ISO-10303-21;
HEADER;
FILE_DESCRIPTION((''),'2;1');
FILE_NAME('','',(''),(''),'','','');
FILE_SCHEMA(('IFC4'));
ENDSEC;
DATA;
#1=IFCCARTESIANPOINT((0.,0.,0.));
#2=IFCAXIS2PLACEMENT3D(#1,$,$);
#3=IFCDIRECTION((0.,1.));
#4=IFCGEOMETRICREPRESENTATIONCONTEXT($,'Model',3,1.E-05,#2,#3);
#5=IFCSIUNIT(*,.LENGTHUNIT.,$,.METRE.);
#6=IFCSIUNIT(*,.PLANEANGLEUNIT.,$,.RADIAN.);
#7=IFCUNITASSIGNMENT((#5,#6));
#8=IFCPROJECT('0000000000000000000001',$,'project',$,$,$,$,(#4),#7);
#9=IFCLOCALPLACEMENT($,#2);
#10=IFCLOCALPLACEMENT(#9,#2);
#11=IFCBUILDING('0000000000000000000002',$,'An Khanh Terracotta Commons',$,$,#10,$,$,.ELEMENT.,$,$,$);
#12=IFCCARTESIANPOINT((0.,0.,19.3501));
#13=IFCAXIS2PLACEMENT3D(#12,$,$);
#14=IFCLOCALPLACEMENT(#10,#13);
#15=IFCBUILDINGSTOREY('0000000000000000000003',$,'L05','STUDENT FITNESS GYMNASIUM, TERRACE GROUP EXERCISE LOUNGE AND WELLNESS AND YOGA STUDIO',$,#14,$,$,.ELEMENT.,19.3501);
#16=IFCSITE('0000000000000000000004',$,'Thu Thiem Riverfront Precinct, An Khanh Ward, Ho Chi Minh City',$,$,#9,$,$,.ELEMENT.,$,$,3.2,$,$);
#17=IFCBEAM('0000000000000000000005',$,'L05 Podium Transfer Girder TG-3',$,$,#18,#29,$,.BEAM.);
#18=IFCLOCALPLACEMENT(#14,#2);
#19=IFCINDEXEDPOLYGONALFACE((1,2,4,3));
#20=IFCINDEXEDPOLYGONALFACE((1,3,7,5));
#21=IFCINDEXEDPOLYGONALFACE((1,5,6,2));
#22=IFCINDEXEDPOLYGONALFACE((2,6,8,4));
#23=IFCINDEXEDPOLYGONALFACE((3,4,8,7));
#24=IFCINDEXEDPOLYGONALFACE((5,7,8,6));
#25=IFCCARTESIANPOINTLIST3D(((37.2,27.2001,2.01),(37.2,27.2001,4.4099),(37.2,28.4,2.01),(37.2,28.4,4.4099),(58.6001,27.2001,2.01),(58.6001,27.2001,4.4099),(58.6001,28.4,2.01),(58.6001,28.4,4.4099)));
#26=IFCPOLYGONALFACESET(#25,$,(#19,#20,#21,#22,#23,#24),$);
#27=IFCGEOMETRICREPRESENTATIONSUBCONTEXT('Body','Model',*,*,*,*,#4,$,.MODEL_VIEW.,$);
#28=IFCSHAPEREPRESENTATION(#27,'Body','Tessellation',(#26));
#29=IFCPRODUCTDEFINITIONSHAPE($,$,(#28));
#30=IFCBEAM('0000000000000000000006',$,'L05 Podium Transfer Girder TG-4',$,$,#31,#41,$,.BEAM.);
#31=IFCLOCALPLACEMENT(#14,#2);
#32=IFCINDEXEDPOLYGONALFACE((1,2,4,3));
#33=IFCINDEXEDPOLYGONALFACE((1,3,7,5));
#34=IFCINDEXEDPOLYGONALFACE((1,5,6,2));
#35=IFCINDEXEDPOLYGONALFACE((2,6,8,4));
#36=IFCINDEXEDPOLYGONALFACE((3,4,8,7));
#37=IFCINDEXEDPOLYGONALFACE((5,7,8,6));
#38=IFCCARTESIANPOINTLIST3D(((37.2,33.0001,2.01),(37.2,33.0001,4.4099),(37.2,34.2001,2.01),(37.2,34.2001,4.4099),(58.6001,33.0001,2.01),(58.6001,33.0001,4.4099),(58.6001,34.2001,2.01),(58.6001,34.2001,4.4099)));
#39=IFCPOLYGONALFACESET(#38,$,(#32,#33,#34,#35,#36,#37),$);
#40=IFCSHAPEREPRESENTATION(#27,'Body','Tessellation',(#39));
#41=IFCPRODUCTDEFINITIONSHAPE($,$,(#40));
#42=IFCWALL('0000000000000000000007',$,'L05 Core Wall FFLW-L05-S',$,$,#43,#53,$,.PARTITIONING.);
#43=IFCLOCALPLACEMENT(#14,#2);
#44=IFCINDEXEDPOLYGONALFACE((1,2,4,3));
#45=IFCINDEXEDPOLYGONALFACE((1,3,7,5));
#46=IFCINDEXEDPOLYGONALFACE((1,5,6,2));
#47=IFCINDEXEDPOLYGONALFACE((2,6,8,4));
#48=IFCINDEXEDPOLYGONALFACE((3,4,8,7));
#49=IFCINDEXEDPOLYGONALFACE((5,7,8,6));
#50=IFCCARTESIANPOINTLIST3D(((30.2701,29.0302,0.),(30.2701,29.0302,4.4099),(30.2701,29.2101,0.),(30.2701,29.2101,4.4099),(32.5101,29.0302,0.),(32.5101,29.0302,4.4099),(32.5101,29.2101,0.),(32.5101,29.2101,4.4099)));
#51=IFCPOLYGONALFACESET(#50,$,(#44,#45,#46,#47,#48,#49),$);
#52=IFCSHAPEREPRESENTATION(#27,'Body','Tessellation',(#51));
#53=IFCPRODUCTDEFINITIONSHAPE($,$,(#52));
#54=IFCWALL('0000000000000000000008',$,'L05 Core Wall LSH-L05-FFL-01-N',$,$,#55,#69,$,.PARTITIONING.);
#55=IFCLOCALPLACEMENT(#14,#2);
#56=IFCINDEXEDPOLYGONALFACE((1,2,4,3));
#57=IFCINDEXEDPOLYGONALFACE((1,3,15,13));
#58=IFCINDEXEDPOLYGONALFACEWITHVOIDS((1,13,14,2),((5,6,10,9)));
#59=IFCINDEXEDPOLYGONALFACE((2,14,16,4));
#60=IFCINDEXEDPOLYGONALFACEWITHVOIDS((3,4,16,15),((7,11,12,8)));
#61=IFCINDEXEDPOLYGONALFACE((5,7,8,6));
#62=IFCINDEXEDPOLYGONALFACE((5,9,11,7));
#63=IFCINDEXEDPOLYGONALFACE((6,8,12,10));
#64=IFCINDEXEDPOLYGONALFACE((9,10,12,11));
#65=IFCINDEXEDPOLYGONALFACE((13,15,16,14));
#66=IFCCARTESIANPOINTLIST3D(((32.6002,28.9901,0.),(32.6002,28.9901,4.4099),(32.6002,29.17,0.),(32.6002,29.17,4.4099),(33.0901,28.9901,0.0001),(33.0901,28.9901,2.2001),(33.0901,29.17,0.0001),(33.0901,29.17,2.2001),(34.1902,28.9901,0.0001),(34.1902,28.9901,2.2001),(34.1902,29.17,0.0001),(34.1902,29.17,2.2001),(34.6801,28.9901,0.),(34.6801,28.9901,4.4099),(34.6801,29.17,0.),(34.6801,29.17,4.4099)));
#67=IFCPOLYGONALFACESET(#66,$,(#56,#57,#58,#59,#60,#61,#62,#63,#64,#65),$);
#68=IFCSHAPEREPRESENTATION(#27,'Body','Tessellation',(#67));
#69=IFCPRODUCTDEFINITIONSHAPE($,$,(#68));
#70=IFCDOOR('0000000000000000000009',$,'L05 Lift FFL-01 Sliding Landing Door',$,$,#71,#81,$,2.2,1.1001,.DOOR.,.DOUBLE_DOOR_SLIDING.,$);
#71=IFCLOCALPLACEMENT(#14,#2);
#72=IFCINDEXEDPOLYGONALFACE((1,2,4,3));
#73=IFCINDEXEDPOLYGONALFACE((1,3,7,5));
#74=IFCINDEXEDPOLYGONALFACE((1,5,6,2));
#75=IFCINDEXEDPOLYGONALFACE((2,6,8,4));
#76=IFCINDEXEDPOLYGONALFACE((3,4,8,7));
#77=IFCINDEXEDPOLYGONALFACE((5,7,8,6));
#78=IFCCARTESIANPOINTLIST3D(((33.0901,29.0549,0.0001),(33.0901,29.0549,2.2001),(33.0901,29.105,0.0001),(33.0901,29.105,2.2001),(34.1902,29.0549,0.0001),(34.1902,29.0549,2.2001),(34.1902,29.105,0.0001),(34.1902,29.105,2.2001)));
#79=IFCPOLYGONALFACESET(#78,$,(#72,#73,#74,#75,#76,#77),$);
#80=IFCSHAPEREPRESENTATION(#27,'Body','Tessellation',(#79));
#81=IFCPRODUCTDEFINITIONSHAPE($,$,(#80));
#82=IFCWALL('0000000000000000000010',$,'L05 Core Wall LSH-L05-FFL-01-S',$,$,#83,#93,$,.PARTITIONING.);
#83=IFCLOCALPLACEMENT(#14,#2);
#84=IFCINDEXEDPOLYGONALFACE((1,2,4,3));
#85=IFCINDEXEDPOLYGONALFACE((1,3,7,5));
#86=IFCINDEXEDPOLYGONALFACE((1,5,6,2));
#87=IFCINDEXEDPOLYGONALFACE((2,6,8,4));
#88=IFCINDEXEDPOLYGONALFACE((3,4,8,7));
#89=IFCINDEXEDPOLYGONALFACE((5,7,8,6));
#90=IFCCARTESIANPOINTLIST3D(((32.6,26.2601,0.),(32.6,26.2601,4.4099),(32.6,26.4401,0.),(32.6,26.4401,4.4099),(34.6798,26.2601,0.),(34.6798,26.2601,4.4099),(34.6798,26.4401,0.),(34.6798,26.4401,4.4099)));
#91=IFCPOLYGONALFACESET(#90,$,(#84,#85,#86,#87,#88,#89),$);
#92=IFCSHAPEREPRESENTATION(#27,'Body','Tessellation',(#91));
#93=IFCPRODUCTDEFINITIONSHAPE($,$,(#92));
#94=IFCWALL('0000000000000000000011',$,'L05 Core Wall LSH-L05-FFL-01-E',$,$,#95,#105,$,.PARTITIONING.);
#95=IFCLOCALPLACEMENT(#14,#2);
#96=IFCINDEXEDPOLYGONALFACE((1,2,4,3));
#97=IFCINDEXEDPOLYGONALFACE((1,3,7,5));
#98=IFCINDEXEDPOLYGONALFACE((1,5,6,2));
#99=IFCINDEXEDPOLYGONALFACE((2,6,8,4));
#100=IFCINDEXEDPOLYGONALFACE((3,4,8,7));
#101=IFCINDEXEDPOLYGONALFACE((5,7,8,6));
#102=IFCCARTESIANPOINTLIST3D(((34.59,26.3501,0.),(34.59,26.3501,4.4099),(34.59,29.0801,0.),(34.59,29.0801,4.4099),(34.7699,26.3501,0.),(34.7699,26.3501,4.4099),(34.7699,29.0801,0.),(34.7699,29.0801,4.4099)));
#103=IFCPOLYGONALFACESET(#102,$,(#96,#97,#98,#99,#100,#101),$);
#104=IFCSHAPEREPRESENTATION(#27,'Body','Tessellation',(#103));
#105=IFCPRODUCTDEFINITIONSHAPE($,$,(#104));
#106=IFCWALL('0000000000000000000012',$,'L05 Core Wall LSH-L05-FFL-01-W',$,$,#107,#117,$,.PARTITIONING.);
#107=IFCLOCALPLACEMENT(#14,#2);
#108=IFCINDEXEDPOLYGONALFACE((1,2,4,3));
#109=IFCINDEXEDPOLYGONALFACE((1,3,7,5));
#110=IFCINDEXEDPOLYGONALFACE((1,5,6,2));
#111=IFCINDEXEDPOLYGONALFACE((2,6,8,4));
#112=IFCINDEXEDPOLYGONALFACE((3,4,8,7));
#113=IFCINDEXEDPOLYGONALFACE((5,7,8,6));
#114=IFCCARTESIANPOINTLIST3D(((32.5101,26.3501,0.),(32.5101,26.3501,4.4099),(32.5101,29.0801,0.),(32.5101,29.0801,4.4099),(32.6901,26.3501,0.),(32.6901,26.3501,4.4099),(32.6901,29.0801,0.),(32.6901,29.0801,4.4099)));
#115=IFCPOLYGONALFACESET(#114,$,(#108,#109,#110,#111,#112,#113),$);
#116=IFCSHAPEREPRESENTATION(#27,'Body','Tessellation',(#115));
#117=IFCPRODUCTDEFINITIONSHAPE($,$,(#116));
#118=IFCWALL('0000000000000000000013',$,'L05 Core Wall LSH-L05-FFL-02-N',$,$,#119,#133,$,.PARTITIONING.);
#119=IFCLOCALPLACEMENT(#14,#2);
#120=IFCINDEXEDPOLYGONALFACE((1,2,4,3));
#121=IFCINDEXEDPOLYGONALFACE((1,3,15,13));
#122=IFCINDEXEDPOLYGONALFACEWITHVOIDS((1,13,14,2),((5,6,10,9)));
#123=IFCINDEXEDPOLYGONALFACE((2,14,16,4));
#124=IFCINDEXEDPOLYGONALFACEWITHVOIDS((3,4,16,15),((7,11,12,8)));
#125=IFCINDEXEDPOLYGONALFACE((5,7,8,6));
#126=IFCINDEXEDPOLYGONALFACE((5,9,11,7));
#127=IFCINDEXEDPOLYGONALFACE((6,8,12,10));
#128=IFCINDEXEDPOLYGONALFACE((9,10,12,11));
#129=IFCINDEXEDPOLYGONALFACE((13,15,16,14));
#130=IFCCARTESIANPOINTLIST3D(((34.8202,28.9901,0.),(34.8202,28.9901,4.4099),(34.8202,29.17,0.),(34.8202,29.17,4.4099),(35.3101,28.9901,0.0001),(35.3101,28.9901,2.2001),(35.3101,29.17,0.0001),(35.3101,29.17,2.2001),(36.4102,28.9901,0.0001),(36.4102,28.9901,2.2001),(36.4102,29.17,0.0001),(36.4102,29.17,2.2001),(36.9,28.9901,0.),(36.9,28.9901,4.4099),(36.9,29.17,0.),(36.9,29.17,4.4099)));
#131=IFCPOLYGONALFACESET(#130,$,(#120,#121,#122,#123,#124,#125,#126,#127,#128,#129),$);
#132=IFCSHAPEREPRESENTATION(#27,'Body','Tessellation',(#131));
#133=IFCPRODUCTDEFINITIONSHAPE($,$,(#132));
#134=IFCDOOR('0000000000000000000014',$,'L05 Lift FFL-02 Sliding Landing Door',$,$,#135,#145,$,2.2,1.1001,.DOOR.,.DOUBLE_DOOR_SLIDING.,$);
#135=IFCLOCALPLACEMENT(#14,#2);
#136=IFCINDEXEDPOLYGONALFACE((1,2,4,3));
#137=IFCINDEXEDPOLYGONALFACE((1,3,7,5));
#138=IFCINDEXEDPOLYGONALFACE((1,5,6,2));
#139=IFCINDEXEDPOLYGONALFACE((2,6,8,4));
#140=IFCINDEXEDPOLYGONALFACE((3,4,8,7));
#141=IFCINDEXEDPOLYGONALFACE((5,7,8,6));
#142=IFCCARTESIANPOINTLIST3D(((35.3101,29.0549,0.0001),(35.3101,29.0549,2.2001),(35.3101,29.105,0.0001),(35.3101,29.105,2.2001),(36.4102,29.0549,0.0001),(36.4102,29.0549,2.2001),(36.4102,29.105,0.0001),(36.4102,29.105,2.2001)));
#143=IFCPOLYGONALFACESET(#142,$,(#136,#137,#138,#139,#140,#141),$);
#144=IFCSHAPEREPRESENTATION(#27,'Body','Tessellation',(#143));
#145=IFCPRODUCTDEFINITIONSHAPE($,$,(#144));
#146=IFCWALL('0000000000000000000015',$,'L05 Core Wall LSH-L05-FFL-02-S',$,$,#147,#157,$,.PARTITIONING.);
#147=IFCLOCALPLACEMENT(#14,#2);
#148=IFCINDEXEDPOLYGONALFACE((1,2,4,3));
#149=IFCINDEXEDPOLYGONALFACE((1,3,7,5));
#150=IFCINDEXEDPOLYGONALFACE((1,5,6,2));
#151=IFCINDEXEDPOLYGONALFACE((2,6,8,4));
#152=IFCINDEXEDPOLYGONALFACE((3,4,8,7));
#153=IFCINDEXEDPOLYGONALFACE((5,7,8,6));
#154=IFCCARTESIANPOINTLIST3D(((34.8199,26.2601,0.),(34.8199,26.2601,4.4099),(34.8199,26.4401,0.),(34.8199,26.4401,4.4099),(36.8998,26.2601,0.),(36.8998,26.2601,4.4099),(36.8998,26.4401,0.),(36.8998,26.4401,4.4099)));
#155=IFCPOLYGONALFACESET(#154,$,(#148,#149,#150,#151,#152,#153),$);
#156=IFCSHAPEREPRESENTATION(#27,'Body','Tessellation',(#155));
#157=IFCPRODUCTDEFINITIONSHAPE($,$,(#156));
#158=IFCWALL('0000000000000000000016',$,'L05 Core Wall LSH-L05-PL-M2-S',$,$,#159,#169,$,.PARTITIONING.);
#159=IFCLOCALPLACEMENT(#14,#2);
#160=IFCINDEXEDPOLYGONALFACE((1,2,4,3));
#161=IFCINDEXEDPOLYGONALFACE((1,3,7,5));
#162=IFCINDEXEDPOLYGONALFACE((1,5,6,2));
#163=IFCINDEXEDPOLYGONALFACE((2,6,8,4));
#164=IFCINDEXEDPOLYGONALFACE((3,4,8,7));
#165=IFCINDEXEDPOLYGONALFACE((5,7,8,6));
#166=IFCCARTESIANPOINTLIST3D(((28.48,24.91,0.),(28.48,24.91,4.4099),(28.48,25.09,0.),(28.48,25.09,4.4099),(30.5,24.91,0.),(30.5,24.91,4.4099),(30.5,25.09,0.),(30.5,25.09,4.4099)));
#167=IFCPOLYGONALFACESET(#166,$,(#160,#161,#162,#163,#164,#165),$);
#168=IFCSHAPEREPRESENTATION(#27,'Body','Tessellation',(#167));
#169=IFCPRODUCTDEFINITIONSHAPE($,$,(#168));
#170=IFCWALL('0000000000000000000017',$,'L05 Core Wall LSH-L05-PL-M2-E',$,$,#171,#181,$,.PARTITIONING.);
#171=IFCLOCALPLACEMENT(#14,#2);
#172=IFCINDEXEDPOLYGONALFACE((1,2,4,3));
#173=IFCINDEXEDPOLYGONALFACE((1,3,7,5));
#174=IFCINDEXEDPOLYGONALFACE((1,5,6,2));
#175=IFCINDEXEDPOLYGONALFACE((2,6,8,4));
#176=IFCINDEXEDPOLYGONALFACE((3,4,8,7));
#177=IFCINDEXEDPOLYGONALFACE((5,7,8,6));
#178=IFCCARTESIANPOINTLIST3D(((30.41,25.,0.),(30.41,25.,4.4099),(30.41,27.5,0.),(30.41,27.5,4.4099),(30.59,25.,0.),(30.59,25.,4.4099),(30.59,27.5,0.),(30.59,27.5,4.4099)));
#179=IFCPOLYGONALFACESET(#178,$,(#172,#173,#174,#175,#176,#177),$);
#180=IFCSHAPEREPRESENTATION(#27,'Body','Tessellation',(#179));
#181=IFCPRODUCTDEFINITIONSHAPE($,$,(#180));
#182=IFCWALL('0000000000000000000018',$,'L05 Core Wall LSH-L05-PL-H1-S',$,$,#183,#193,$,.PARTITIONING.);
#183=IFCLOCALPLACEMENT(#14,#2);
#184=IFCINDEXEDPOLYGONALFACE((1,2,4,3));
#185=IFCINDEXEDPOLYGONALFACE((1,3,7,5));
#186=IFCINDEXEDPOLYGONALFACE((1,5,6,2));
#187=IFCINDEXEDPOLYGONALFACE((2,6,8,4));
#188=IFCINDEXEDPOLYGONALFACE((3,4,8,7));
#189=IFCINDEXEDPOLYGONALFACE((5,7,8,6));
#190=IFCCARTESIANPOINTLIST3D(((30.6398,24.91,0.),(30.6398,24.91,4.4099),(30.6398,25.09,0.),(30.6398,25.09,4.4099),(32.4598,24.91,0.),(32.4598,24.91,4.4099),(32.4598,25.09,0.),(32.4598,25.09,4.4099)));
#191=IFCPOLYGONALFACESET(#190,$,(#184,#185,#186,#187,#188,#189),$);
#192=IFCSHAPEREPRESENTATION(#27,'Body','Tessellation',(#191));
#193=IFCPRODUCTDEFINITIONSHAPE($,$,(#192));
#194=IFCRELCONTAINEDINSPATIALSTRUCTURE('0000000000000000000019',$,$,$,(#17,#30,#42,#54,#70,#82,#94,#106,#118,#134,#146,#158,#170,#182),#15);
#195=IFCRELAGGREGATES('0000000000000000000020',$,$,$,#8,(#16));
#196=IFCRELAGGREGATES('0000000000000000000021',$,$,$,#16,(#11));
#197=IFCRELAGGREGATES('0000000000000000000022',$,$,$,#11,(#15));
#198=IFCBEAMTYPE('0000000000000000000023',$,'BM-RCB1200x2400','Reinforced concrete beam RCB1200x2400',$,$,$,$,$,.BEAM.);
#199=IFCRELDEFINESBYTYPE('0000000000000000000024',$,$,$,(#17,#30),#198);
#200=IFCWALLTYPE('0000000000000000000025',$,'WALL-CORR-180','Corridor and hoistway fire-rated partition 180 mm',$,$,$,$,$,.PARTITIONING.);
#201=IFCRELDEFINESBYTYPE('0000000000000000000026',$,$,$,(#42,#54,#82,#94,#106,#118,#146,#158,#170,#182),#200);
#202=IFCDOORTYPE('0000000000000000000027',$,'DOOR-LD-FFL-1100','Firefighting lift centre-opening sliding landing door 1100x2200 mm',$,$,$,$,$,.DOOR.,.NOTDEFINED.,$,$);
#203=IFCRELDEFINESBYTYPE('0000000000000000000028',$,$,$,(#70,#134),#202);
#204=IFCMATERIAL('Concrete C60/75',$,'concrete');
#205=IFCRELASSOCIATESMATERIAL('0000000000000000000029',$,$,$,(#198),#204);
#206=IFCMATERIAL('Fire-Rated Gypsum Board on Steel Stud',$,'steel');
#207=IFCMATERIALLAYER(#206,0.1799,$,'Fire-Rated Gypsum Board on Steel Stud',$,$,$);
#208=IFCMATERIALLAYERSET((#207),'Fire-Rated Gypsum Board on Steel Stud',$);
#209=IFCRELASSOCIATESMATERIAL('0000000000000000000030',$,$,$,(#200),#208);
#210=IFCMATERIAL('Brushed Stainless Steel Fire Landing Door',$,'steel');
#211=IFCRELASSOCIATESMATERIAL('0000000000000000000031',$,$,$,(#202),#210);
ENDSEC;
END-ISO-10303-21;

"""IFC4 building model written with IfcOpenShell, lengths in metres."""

from ifc_helpers import new_model, si_unit, direction, frame, frame_2d, origin, origin_2d, place, context, subcontext, project, spatial, rectangle, extrude, material, layer, layer_set, material_profile, profile_set, type_object, element, fill, save


model = new_model("IFC4")

# Units and contexts
model_context = context("Model", 3, precision=1e-05, world=origin(), true_north=direction((0.0, 1.0)))
body_context = subcontext(model_context, "Body", "Model", "MODEL_VIEW")
ifc_project = project(units=[si_unit("LENGTHUNIT", "METRE"), si_unit("PLANEANGLEUNIT", "RADIAN")], contexts=[model_context])

# Site, building, storey
site_placement = place(None, origin())
site = spatial("IfcSite", under=ifc_project, at=site_placement, Name="Thu Thiem Riverfront Precinct, An Khanh Ward, Ho Chi Minh City", CompositionType="ELEMENT", RefElevation=3.2)
building_placement = place(site_placement, origin())
building = spatial("IfcBuilding", under=site, at=building_placement, Name="An Khanh Terracotta Commons", CompositionType="ELEMENT")
storey_placement = place(building_placement, frame((0.0, 0.0, 19.3501)))
storey = spatial("IfcBuildingStorey", under=building, at=storey_placement, Name="L05", Description="STUDENT FITNESS GYMNASIUM, TERRACE GROUP EXERCISE LOUNGE AND WELLNESS AND YOGA STUDIO", CompositionType="ELEMENT", Elevation=19.3501)

# Beams
ifc_material_1 = material(Name="Concrete C60/75", Category="concrete")
ifc_material_profile_1 = material_profile(ifc_material_1, rectangle(XDim=1.2, YDim=2.3999, at=origin_2d()), Name="RCB1200x2400")
ifc_profile_set_1 = profile_set([ifc_material_profile_1], Name="Concrete C60/75")
beam_type_1 = type_object("IfcBeamType", Name="BM-RCB1200x2400", Description="Reinforced concrete beam RCB1200x2400", PredefinedType="BEAM", material=ifc_profile_set_1)
for number, where, z_axis, x_axis, name in (
    (1, (37.2, 27.8, 3.21), (1.0, 0.0, 0.0), (0.0, 1.0, 0.0), "L05 Podium Transfer Girder TG-3"),
    (2, (37.2, 33.6001, 3.21), (1.0, 0.0, 0.0), (0.0, 1.0, 0.0), "L05 Podium Transfer Girder TG-4"),
):
    element("IfcBeam", number, at=place(storey_placement, frame(where, z_axis=z_axis, x_axis=x_axis)), inside=storey, type_object=beam_type_1, Name=name, PredefinedType="BEAM", context=body_context, shape_type="SweptSolid", body=[
        extrude(rectangle(XDim=1.2, YDim=2.3999, at=origin_2d()), origin(), (0.0, 0.0, 1.0), 21.4001),
    ])

# Wall
ifc_material_2 = material(Name="Fire-Rated Gypsum Board on Steel Stud", Category="steel")
ifc_layer_1 = layer(ifc_material_2, 0.1799, Name="Fire-Rated Gypsum Board on Steel Stud")
ifc_layer_set_1 = layer_set([ifc_layer_1], Name="Fire-Rated Gypsum Board on Steel Stud")
wall_type_1 = type_object("IfcWallType", Name="WALL-CORR-180", Description="Corridor and hoistway fire-rated partition 180 mm", PredefinedType="PARTITIONING", material=ifc_layer_set_1)
wall_1_placement = place(storey_placement, frame((30.27, 29.1201, 0.0), z_axis=(0.0, 0.0, 1.0), x_axis=(1.0, 0.0, 0.0)))
element("IfcWall", 3, at=wall_1_placement, inside=storey, type_object=wall_type_1, Name="L05 Core Wall FFLW-L05-S", PredefinedType="PARTITIONING", context=body_context, shape_type="SweptSolid", body=[
    extrude(rectangle(XDim=2.24, YDim=0.1799, at=frame_2d((1.1201, 0.0))), origin(), (0.0, 0.0, 1.0), 4.4099),
])

# Wall, opening, door
wall_2_placement = place(storey_placement, frame((32.6001, 29.0801, 0.0), z_axis=(0.0, 0.0, 1.0), x_axis=(1.0, 0.0, 0.0)))
wall_2 = element("IfcWall", 4, at=wall_2_placement, inside=storey, type_object=wall_type_1, Name="L05 Core Wall LSH-L05-FFL-01-N", PredefinedType="PARTITIONING", context=body_context, shape_type="SweptSolid", body=[
    extrude(rectangle(XDim=2.0798, YDim=0.1799, at=frame_2d((1.04, 0.0))), origin(), (0.0, 0.0, 1.0), 4.4099),
])
opening_1_placement = place(wall_2_placement, frame((0.49, 0.0, 0.0)))
opening_1 = element("IfcOpeningElement", 5, at=opening_1_placement, cuts=wall_2, PredefinedType="OPENING", context=body_context, shape_type="SweptSolid", body=[
    extrude(rectangle(XDim=1.1001, YDim=2.2, at=frame_2d((0.55, 1.1001))), frame((0.0, 0.0999, 0.0), z_axis=(0.0, -1.0, 0.0), x_axis=(1.0, 0.0, 0.0)), (0.0, 0.0, 1.0), 0.2),
])
ifc_material_3 = material(Name="Brushed Stainless Steel Fire Landing Door", Category="steel")
door_type_1 = type_object("IfcDoorType", Name="DOOR-LD-FFL-1100", Description="Firefighting lift centre-opening sliding landing door 1100x2200 mm", OperationType="NOTDEFINED", PredefinedType="DOOR", material=ifc_material_3)
door_1_placement = place(opening_1_placement, origin())
door_1 = element("IfcDoor", 6, at=door_1_placement, inside=storey, type_object=door_type_1, Name="L05 Lift FFL-01 Sliding Landing Door", OperationType="DOUBLE_DOOR_SLIDING", OverallHeight=2.2, OverallWidth=1.1001, PredefinedType="DOOR", context=body_context, shape_type="SweptSolid", body=[
    extrude(rectangle(XDim=1.1001, YDim=2.2, at=frame_2d((0.55, 1.1001))), frame((0.0, 0.0249, 0.0), z_axis=(0.0, -1.0, 0.0), x_axis=(1.0, 0.0, 0.0)), (0.0, 0.0, 1.0), 0.05),
])
fill(opening_1, door_1)

# Walls
wall_3_placement = place(storey_placement, frame((34.6799, 26.3501, 0.0), z_axis=(0.0, 0.0, 1.0), x_axis=(-1.0, 0.0, 0.0)))
element("IfcWall", 7, at=wall_3_placement, inside=storey, type_object=wall_type_1, Name="L05 Core Wall LSH-L05-FFL-01-S", PredefinedType="PARTITIONING", context=body_context, shape_type="SweptSolid", body=[
    extrude(rectangle(XDim=2.0798, YDim=0.1799, at=frame_2d((1.04, 0.0))), origin(), (0.0, 0.0, 1.0), 4.4099),
])
for number, where, z_axis, x_axis, name in (
    (8, (34.6799, 26.3501, 0.0), (0.0, 0.0, 1.0), (0.0, 1.0, 0.0), "L05 Core Wall LSH-L05-FFL-01-E"),
    (9, (32.6001, 29.0801, 0.0), (0.0, 0.0, 1.0), (0.0, -1.0, 0.0), "L05 Core Wall LSH-L05-FFL-01-W"),
):
    element("IfcWall", number, at=place(storey_placement, frame(where, z_axis=z_axis, x_axis=x_axis)), inside=storey, type_object=wall_type_1, Name=name, PredefinedType="PARTITIONING", context=body_context, shape_type="SweptSolid", body=[
        extrude(rectangle(XDim=2.73, YDim=0.1799, at=frame_2d((1.365, 0.0))), origin(), (0.0, 0.0, 1.0), 4.4099),
    ])

# Wall, opening, door
wall_4_placement = place(storey_placement, frame((34.8201, 29.0801, 0.0), z_axis=(0.0, 0.0, 1.0), x_axis=(1.0, 0.0, 0.0)))
wall_4 = element("IfcWall", 10, at=wall_4_placement, inside=storey, type_object=wall_type_1, Name="L05 Core Wall LSH-L05-FFL-02-N", PredefinedType="PARTITIONING", context=body_context, shape_type="SweptSolid", body=[
    extrude(rectangle(XDim=2.0798, YDim=0.1799, at=frame_2d((1.04, 0.0))), origin(), (0.0, 0.0, 1.0), 4.4099),
])
opening_2_placement = place(wall_4_placement, frame((0.49, 0.0, 0.0)))
opening_2 = element("IfcOpeningElement", 11, at=opening_2_placement, cuts=wall_4, PredefinedType="OPENING", context=body_context, shape_type="SweptSolid", body=[
    extrude(rectangle(XDim=1.1001, YDim=2.2, at=frame_2d((0.55, 1.1001))), frame((0.0, 0.0999, 0.0), z_axis=(0.0, -1.0, 0.0), x_axis=(1.0, 0.0, 0.0)), (0.0, 0.0, 1.0), 0.2),
])
door_2_placement = place(opening_2_placement, origin())
door_2 = element("IfcDoor", 12, at=door_2_placement, inside=storey, type_object=door_type_1, Name="L05 Lift FFL-02 Sliding Landing Door", OperationType="DOUBLE_DOOR_SLIDING", OverallHeight=2.2, OverallWidth=1.1001, PredefinedType="DOOR", context=body_context, shape_type="SweptSolid", body=[
    extrude(rectangle(XDim=1.1001, YDim=2.2, at=frame_2d((0.55, 1.1001))), frame((0.0, 0.0249, 0.0), z_axis=(0.0, -1.0, 0.0), x_axis=(1.0, 0.0, 0.0)), (0.0, 0.0, 1.0), 0.05),
])
fill(opening_2, door_2)

# Walls
wall_5_placement = place(storey_placement, frame((36.8999, 26.3501, 0.0), z_axis=(0.0, 0.0, 1.0), x_axis=(-1.0, 0.0, 0.0)))
element("IfcWall", 13, at=wall_5_placement, inside=storey, type_object=wall_type_1, Name="L05 Core Wall LSH-L05-FFL-02-S", PredefinedType="PARTITIONING", context=body_context, shape_type="SweptSolid", body=[
    extrude(rectangle(XDim=2.0798, YDim=0.1799, at=frame_2d((1.04, 0.0))), origin(), (0.0, 0.0, 1.0), 4.4099),
])
wall_6_placement = place(storey_placement, frame((30.5, 25.0, 0.0), z_axis=(0.0, 0.0, 1.0), x_axis=(-1.0, 0.0, 0.0)))
element("IfcWall", 14, at=wall_6_placement, inside=storey, type_object=wall_type_1, Name="L05 Core Wall LSH-L05-PL-M2-S", PredefinedType="PARTITIONING", context=body_context, shape_type="SweptSolid", body=[
    extrude(rectangle(XDim=2.02, YDim=0.1799, at=frame_2d((1.01, 0.0))), origin(), (0.0, 0.0, 1.0), 4.4099),
])
wall_7_placement = place(storey_placement, frame((30.5, 25.0, 0.0), z_axis=(0.0, 0.0, 1.0), x_axis=(0.0, 1.0, 0.0)))
element("IfcWall", 15, at=wall_7_placement, inside=storey, type_object=wall_type_1, Name="L05 Core Wall LSH-L05-PL-M2-E", PredefinedType="PARTITIONING", context=body_context, shape_type="SweptSolid", body=[
    extrude(rectangle(XDim=2.5, YDim=0.1799, at=frame_2d((1.25, 0.0))), origin(), (0.0, 0.0, 1.0), 4.4099),
])
wall_8_placement = place(storey_placement, frame((32.46, 25.0, 0.0), z_axis=(0.0, 0.0, 1.0), x_axis=(-1.0, 0.0, 0.0)))
element("IfcWall", 16, at=wall_8_placement, inside=storey, type_object=wall_type_1, Name="L05 Core Wall LSH-L05-PL-H1-S", PredefinedType="PARTITIONING", context=body_context, shape_type="SweptSolid", body=[
    extrude(rectangle(XDim=1.8201, YDim=0.1799, at=frame_2d((0.9102, 0.0))), origin(), (0.0, 0.0, 1.0), 4.4099),
])

save(model, "model.ifc")
